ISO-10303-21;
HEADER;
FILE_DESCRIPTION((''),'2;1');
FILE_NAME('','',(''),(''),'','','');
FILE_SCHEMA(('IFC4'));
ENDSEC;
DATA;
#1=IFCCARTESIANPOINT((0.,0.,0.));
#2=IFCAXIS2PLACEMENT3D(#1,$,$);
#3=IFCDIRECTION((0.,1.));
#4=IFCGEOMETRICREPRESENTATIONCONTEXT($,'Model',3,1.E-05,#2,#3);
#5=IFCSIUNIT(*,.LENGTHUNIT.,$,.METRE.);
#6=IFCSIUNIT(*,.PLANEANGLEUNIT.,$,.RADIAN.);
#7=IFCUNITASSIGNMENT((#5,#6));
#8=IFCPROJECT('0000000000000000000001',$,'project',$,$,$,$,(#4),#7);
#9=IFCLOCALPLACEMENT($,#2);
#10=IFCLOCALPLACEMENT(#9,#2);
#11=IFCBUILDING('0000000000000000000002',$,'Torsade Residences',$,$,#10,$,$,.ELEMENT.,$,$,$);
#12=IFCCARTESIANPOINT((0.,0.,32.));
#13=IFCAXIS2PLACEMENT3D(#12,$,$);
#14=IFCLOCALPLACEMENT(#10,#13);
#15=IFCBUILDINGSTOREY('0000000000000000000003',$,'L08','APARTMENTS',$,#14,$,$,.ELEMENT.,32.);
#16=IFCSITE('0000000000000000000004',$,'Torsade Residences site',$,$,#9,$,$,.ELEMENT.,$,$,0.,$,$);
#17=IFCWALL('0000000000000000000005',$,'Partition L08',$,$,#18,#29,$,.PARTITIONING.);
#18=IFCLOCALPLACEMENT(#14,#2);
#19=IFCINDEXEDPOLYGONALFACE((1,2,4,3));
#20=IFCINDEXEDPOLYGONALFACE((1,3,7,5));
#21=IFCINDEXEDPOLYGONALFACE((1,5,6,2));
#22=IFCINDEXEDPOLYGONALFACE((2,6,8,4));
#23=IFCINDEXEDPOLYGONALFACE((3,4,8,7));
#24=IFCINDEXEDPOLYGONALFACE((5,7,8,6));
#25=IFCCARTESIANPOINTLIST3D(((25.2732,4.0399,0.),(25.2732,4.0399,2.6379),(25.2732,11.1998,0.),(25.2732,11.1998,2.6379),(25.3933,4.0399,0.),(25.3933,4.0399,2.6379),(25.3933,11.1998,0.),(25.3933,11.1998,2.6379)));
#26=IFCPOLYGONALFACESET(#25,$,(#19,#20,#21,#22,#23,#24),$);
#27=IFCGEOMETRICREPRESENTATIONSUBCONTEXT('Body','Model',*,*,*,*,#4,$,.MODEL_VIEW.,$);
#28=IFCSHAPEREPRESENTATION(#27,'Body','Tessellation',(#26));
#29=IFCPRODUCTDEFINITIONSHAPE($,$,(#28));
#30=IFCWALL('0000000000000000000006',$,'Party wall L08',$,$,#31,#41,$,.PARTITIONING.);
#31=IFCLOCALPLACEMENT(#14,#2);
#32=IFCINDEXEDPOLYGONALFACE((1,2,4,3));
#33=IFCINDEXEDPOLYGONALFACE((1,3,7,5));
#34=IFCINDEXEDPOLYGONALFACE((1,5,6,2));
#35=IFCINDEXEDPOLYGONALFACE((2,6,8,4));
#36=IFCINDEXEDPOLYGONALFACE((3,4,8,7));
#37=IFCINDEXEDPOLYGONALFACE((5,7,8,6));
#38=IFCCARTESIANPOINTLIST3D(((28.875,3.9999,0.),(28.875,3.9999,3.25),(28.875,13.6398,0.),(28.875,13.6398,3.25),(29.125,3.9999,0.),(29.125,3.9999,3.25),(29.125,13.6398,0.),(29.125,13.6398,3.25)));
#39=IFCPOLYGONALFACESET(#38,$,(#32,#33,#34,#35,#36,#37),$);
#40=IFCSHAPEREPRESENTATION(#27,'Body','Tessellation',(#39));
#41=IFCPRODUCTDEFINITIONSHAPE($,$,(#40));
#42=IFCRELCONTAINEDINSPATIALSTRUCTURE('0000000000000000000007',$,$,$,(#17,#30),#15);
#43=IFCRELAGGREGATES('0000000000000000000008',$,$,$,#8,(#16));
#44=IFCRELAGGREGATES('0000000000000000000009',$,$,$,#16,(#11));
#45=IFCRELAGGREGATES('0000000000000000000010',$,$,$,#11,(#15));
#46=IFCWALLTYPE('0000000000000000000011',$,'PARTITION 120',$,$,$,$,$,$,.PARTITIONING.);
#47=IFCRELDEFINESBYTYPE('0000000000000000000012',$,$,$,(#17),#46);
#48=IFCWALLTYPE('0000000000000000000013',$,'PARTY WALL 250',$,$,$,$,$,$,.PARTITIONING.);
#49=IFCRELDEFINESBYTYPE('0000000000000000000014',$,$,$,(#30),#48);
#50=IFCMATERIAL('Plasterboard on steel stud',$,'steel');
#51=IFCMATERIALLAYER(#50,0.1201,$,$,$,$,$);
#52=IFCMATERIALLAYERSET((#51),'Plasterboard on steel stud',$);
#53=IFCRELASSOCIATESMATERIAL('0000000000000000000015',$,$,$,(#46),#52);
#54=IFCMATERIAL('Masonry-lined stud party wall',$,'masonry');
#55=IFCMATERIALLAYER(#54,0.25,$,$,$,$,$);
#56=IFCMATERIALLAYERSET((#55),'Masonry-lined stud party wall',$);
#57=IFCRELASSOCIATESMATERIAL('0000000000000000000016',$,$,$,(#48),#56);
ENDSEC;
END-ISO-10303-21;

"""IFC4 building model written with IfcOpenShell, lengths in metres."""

from ifc_helpers import new_model, si_unit, direction, frame, frame_2d, origin, place, context, subcontext, project, spatial, rectangle, extrude, material, layer, layer_set, type_object, element, save


model = new_model("IFC4")

# Units and contexts
model_context = context("Model", 3, precision=1e-05, world=origin(), true_north=direction((0.0, 1.0)))
body_context = subcontext(model_context, "Body", "Model", "MODEL_VIEW")
ifc_project = project(units=[si_unit("LENGTHUNIT", "METRE"), si_unit("PLANEANGLEUNIT", "RADIAN")], contexts=[model_context])

# Site, building, storey
site_placement = place(None, origin())
site = spatial("IfcSite", under=ifc_project, at=site_placement, Name="Torsade Residences site", CompositionType="ELEMENT", RefElevation=0.0)
building_placement = place(site_placement, origin())
building = spatial("IfcBuilding", under=site, at=building_placement, Name="Torsade Residences", CompositionType="ELEMENT")
storey_placement = place(building_placement, frame((0.0, 0.0, 32.0)))
storey = spatial("IfcBuildingStorey", under=building, at=storey_placement, Name="L08", Description="APARTMENTS", CompositionType="ELEMENT", Elevation=32.0)

# Shared definitions
ifc_material_1 = material(Name="Plasterboard on steel stud", Category="steel")
ifc_layer_1 = layer(ifc_material_1, 0.1201)
ifc_layer_set_1 = layer_set([ifc_layer_1], Name="Plasterboard on steel stud")
wall_type_1 = type_object("IfcWallType", Name="PARTITION 120", PredefinedType="PARTITIONING", material=ifc_layer_set_1)

# Walls
wall_1_placement = place(storey_placement, frame((25.3333, 11.2, 0.0), z_axis=(0.0, 0.0, 1.0), x_axis=(0.0, -1.0, 0.0)))
element("IfcWall", 1, at=wall_1_placement, inside=storey, type_object=wall_type_1, Name="Partition L08", PredefinedType="PARTITIONING", context=body_context, shape_type="SweptSolid", body=[
    extrude(rectangle(XDim=7.1599, YDim=0.1201, at=frame_2d((3.5801, 0.0))), origin(), (0.0, 0.0, 1.0), 2.6379),
])
ifc_material_2 = material(Name="Masonry-lined stud party wall", Category="masonry")
ifc_layer_2 = layer(ifc_material_2, 0.25)
ifc_layer_set_2 = layer_set([ifc_layer_2], Name="Masonry-lined stud party wall")
wall_type_2 = type_object("IfcWallType", Name="PARTY WALL 250", PredefinedType="PARTITIONING", material=ifc_layer_set_2)
wall_2_placement = place(storey_placement, frame((29.0, 4.0, 0.0), z_axis=(0.0, 0.0, 1.0), x_axis=(0.0, 1.0, 0.0)))
element("IfcWall", 2, at=wall_2_placement, inside=storey, type_object=wall_type_2, Name="Party wall L08", PredefinedType="PARTITIONING", context=body_context, shape_type="SweptSolid", body=[
    extrude(rectangle(XDim=9.6399, YDim=0.25, at=frame_2d((4.8198, 0.0))), origin(), (0.0, 0.0, 1.0), 3.25),
])

save(model, "model.ifc")
